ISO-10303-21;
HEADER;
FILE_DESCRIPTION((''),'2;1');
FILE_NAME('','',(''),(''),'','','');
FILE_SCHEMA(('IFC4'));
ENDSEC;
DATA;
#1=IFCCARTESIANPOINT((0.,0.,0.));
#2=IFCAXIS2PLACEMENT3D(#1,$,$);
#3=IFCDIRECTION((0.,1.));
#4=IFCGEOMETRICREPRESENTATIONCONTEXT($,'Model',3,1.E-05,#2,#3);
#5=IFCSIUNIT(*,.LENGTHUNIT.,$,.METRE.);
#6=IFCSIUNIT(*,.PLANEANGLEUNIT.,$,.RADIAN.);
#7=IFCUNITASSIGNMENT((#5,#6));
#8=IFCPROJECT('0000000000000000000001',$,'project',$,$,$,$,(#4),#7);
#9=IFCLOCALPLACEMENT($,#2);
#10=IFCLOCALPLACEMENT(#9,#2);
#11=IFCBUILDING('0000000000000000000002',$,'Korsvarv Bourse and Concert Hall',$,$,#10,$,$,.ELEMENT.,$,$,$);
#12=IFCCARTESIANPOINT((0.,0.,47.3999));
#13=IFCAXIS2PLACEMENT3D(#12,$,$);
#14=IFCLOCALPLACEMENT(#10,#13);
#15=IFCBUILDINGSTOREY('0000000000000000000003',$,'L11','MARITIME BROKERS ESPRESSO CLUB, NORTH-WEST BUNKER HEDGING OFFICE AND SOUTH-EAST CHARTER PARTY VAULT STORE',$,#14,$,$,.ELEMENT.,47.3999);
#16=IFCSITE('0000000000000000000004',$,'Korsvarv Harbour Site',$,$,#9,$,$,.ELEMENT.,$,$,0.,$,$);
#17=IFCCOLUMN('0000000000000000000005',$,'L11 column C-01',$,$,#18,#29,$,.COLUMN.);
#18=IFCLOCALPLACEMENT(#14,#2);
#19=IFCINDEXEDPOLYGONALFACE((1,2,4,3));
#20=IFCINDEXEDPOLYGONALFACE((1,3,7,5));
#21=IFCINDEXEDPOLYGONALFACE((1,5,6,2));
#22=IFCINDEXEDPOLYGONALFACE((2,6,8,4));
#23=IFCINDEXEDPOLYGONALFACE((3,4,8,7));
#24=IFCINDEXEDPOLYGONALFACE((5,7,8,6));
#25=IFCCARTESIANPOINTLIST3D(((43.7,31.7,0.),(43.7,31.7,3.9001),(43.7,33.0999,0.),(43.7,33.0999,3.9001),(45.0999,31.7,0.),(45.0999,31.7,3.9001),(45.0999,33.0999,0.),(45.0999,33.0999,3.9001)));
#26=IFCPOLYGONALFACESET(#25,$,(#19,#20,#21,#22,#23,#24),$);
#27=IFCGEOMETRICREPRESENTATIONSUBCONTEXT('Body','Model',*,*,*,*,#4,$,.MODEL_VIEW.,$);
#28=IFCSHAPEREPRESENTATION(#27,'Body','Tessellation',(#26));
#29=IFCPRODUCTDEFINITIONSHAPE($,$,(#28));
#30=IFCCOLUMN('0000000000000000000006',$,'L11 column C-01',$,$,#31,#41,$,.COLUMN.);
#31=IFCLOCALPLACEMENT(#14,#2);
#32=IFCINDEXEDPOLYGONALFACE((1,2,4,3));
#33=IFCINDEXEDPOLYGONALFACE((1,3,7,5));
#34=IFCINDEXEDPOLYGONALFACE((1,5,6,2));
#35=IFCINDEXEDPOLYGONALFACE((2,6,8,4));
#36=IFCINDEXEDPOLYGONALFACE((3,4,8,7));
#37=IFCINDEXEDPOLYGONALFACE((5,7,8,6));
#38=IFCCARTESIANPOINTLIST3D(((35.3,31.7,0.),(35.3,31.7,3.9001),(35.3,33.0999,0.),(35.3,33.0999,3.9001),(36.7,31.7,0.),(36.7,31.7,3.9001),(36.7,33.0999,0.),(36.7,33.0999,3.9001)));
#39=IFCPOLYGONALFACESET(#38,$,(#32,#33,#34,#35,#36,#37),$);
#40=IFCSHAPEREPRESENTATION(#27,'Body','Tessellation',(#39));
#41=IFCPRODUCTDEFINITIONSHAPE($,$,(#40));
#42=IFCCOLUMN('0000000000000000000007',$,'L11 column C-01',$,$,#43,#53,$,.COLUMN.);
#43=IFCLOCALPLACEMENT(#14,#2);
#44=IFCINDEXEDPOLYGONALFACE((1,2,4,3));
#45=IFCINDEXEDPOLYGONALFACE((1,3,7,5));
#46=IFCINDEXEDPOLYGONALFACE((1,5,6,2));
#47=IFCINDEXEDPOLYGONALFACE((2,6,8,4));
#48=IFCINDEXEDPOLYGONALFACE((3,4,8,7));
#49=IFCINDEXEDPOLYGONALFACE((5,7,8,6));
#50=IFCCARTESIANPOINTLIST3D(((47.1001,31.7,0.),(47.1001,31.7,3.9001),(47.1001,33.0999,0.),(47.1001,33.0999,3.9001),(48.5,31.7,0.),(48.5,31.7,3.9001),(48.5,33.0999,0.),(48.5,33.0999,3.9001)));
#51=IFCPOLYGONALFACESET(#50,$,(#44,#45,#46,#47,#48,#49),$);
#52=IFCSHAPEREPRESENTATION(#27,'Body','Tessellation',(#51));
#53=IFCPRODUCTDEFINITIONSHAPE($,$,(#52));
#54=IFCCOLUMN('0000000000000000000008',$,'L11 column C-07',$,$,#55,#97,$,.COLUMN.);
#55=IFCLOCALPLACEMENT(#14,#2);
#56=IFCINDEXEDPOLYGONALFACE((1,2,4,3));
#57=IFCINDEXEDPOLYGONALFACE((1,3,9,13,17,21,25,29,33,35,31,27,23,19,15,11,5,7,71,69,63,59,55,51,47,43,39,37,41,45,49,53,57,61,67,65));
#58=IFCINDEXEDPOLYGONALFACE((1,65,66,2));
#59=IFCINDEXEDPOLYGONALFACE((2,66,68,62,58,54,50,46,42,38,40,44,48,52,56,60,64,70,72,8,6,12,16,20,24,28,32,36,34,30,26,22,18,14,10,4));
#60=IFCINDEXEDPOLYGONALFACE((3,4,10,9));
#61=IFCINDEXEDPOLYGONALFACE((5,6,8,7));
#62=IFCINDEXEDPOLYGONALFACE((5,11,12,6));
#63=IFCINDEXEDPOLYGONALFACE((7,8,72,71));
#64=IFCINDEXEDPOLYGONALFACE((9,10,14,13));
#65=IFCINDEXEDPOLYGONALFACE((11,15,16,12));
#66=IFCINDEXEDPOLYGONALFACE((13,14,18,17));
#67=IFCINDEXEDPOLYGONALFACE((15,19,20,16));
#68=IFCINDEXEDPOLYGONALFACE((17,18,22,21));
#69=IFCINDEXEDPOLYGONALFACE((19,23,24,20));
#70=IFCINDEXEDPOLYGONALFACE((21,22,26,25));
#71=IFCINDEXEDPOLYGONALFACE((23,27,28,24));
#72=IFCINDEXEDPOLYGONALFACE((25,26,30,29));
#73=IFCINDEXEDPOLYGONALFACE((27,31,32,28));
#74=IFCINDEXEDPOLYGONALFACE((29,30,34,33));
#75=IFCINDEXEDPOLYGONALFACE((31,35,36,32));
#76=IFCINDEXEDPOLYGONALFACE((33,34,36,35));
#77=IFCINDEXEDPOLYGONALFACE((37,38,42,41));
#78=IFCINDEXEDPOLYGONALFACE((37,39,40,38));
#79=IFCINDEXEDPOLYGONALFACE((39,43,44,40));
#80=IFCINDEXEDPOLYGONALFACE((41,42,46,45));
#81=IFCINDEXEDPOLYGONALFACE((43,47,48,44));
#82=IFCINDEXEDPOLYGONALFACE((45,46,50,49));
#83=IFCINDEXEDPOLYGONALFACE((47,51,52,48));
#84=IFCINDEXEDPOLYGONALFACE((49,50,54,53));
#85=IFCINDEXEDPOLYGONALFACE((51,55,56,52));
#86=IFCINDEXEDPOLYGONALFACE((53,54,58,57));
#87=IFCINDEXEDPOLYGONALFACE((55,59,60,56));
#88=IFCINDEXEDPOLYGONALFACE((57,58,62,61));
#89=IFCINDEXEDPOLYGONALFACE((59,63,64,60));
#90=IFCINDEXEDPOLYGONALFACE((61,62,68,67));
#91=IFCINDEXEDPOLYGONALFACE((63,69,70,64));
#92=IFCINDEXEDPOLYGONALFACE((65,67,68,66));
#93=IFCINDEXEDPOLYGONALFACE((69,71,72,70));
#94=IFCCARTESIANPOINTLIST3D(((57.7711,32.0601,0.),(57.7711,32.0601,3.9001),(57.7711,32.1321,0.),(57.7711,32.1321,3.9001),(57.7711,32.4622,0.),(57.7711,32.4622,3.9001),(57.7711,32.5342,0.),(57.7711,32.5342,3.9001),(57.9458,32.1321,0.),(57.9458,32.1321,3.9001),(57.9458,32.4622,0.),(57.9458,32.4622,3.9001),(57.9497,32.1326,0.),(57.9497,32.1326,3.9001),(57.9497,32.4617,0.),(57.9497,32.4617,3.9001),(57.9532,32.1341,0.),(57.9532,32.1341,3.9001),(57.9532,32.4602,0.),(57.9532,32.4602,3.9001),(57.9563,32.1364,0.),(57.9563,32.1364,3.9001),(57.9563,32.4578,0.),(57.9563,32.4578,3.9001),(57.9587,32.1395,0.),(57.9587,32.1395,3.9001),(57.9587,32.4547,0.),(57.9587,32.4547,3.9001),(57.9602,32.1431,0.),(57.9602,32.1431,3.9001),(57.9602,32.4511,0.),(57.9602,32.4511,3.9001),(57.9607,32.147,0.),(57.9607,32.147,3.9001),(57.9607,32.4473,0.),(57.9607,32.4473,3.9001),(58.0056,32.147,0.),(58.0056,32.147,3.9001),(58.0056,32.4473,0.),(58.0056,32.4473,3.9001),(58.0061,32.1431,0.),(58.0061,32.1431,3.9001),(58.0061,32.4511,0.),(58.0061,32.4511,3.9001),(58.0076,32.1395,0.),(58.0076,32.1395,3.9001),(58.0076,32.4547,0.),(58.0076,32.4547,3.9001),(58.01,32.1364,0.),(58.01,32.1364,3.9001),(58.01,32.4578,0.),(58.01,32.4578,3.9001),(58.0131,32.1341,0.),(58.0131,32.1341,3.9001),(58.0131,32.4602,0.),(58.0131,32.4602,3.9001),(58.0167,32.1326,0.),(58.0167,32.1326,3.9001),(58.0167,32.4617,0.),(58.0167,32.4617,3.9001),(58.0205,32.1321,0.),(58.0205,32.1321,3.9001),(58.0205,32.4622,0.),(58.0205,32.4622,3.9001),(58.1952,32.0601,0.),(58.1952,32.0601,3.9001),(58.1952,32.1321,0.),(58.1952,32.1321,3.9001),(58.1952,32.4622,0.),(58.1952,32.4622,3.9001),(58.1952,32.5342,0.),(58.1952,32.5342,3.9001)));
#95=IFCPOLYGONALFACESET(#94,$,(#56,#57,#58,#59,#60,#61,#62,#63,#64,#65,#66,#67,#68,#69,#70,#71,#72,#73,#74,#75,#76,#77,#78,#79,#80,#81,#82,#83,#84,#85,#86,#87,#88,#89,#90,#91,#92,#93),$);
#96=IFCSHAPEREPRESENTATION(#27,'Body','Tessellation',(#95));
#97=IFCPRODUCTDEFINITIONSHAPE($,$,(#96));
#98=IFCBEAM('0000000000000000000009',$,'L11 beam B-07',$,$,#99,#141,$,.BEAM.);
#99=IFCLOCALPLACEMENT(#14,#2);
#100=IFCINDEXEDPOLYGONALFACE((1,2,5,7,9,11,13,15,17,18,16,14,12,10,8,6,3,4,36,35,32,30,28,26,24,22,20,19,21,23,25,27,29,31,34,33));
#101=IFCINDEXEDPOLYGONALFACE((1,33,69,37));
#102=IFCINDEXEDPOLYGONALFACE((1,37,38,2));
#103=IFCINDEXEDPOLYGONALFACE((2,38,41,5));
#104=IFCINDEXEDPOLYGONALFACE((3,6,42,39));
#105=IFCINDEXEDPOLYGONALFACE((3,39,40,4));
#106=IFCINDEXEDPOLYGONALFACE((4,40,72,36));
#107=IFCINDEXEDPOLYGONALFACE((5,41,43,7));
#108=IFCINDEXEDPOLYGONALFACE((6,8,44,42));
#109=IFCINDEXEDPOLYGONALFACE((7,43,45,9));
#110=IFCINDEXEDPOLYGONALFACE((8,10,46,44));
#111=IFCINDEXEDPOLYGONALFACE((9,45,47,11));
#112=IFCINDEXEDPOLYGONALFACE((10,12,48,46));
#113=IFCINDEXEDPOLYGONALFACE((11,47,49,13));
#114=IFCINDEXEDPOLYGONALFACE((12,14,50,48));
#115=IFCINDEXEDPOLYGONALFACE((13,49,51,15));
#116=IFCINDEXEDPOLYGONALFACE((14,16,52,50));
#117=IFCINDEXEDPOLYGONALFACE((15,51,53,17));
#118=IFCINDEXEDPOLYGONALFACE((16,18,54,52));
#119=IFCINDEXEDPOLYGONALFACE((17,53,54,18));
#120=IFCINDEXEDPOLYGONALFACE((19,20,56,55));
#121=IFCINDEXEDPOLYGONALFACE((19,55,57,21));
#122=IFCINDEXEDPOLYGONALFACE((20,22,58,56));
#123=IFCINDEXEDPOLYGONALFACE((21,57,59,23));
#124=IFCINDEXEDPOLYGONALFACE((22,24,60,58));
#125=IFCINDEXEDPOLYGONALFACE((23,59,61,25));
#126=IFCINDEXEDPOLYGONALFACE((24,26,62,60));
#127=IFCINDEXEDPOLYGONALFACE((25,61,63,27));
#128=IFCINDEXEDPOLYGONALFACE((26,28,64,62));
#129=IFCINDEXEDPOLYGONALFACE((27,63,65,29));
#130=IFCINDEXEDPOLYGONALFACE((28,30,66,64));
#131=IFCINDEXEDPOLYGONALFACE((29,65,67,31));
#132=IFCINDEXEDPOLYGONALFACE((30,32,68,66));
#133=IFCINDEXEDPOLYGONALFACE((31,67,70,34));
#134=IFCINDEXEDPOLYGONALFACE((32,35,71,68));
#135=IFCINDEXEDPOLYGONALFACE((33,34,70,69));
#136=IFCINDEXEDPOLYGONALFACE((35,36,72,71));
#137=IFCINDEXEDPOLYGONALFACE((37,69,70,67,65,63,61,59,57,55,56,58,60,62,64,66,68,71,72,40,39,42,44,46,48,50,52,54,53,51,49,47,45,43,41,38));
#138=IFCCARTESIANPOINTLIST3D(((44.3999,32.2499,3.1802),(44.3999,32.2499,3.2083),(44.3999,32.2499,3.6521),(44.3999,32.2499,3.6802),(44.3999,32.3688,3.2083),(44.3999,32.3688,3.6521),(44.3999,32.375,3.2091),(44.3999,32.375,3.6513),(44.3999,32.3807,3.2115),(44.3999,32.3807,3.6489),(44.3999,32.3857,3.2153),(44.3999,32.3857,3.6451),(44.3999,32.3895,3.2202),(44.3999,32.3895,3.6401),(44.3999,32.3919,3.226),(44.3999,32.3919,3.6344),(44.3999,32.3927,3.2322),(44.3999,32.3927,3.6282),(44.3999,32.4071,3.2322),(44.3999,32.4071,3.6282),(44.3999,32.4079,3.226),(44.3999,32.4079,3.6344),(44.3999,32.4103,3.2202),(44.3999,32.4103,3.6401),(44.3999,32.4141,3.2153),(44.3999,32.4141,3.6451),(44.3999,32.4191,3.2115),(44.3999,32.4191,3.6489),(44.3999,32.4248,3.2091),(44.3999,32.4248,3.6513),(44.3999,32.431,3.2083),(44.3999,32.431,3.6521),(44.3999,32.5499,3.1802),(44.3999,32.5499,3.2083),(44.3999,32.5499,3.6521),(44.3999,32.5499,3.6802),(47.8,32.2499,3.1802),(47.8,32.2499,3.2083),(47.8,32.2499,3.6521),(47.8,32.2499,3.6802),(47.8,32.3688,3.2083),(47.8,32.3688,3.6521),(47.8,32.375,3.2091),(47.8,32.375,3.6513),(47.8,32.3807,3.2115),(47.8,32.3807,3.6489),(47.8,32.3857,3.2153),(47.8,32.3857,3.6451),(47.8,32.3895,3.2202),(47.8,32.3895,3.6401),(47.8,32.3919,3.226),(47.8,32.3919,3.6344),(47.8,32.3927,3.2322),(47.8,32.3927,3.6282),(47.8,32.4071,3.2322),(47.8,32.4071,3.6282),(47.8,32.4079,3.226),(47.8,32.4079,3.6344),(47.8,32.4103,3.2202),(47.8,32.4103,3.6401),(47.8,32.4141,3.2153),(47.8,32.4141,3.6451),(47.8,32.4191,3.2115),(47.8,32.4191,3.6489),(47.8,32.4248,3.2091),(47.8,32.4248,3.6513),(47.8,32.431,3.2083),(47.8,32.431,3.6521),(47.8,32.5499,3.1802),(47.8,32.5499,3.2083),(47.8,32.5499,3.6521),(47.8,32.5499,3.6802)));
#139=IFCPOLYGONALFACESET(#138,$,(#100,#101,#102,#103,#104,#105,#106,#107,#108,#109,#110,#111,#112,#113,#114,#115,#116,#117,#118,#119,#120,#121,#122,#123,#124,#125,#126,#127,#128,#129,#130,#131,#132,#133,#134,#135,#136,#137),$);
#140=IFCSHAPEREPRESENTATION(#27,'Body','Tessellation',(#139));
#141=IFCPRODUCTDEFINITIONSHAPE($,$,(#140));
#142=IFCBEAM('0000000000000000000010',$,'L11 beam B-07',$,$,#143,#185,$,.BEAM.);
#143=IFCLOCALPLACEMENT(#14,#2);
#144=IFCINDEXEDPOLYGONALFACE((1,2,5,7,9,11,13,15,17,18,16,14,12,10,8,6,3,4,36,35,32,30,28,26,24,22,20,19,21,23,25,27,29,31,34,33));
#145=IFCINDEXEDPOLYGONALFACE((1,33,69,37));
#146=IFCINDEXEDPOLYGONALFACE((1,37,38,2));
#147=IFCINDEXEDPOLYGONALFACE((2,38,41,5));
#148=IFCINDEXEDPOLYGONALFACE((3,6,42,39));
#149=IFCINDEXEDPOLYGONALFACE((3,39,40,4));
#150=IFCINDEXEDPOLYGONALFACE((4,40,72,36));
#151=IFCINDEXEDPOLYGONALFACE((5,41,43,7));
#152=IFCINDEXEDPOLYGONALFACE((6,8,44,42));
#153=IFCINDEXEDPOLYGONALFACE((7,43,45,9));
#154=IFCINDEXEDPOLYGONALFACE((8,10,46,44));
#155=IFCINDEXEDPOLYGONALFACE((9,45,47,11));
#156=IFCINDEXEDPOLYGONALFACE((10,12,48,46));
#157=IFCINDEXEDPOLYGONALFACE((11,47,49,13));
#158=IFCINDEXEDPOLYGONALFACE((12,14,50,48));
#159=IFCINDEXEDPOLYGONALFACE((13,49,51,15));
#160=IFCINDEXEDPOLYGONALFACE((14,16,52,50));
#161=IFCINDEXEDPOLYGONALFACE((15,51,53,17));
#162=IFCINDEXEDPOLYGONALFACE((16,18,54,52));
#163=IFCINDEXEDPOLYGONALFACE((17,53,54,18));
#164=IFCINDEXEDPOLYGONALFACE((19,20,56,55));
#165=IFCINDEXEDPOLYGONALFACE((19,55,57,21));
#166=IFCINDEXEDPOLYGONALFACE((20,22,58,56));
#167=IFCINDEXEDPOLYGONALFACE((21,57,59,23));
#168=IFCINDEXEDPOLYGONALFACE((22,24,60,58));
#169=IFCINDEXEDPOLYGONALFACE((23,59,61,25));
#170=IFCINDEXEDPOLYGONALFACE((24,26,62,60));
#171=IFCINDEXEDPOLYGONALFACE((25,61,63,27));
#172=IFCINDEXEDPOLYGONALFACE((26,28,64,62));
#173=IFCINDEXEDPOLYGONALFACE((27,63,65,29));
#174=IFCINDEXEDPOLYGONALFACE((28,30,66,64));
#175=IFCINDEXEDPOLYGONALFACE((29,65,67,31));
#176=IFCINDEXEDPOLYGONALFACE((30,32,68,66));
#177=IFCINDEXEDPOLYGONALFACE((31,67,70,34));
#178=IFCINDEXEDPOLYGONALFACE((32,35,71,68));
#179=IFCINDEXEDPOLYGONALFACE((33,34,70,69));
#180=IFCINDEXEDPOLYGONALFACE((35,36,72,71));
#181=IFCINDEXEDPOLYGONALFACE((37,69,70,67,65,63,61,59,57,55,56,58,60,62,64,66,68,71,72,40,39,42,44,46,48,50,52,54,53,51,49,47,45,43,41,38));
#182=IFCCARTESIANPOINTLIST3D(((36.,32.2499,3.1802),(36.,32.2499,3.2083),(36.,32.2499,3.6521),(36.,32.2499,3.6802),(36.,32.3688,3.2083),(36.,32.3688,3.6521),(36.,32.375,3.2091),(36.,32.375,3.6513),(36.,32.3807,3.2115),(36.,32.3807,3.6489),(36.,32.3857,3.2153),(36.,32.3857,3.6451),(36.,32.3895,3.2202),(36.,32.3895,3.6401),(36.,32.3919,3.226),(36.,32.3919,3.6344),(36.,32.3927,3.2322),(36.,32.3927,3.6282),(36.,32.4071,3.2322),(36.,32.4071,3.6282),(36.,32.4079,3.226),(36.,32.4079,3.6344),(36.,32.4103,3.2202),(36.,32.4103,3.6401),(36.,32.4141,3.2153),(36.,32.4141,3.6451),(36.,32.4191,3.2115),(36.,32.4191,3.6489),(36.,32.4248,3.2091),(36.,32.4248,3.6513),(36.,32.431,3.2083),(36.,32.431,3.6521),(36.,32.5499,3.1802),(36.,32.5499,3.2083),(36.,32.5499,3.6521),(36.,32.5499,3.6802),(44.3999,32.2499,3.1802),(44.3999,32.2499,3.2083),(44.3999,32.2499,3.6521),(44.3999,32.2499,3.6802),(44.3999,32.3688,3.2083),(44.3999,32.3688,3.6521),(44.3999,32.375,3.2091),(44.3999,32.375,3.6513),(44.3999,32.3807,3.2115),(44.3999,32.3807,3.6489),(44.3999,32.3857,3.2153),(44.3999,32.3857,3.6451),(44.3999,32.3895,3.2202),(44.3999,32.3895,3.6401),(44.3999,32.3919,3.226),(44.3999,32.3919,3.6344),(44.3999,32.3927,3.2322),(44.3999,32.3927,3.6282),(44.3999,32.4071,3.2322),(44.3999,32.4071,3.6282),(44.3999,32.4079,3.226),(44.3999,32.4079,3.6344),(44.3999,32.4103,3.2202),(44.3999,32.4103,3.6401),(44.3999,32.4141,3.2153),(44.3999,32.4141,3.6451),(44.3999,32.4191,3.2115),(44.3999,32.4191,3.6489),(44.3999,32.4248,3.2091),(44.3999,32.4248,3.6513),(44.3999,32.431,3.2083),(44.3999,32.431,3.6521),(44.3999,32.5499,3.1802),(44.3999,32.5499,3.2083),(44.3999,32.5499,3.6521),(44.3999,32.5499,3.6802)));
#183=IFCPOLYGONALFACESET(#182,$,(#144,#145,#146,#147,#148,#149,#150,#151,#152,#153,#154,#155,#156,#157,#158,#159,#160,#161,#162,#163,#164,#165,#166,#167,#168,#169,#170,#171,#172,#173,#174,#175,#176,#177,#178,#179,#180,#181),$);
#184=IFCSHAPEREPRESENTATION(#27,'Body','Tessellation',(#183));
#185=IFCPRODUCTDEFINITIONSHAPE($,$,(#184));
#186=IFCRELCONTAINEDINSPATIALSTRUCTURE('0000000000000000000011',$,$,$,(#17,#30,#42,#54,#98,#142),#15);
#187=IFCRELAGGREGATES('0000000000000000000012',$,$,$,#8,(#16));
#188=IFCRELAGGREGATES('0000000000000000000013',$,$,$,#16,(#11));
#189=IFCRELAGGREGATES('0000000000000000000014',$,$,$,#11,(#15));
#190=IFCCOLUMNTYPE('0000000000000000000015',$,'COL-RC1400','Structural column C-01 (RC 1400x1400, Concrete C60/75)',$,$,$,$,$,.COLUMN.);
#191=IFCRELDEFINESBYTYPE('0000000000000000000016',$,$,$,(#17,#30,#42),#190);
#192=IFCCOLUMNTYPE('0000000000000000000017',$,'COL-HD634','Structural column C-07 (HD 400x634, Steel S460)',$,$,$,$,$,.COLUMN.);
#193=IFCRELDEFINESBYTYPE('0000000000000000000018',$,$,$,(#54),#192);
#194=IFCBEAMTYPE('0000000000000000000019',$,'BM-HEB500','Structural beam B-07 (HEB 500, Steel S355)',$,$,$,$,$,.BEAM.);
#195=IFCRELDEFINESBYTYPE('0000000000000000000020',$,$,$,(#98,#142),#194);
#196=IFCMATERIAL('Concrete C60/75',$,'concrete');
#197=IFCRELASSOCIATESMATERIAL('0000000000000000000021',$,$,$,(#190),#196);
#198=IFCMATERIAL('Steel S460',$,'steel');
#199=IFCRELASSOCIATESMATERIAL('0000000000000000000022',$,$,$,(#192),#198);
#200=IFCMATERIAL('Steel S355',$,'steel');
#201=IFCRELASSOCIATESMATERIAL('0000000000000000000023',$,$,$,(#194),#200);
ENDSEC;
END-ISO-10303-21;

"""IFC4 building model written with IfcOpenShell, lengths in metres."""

from ifc_helpers import new_model, si_unit, direction, frame, origin, origin_2d, place, context, subcontext, project, spatial, rectangle, i_section, extrude, source, transform, mapped, material, material_profile, profile_set, type_object, element, save


model = new_model("IFC4")

# Units and contexts
model_context = context("Model", 3, precision=1e-05, world=origin(), true_north=direction((0.0, 1.0)))
body_context = subcontext(model_context, "Body", "Model", "MODEL_VIEW")
ifc_project = project(units=[si_unit("LENGTHUNIT", "METRE"), si_unit("PLANEANGLEUNIT", "RADIAN")], contexts=[model_context])

# Site, building, storey
site_placement = place(None, origin())
site = spatial("IfcSite", under=ifc_project, at=site_placement, Name="Korsvarv Harbour Site", CompositionType="ELEMENT", RefElevation=0.0)
building_placement = place(site_placement, origin())
building = spatial("IfcBuilding", under=site, at=building_placement, Name="Korsvarv Bourse and Concert Hall", CompositionType="ELEMENT")
storey_placement = place(building_placement, frame((0.0, 0.0, 47.3999)))
storey = spatial("IfcBuildingStorey", under=building, at=storey_placement, Name="L11", Description="MARITIME BROKERS ESPRESSO CLUB, NORTH-WEST BUNKER HEDGING OFFICE AND SOUTH-EAST CHARTER PARTY VAULT STORE", CompositionType="ELEMENT", Elevation=47.3999)

# Columns
ifc_material_1 = material(Name="Concrete C60/75", Category="concrete")
ifc_material_profile_1 = material_profile(ifc_material_1, rectangle(XDim=1.3999, YDim=1.3999, at=origin_2d()), Name="RC 1400x1400")
ifc_profile_set_1 = profile_set([ifc_material_profile_1], Name="Concrete C60/75")
column_type_1 = type_object("IfcColumnType", Name="COL-RC1400", Description="Structural column C-01 (RC 1400x1400, Concrete C60/75)", PredefinedType="COLUMN", material=ifc_profile_set_1)
shared_shape_1 = source(origin(), body_context, "Body", "SweptSolid", [
    extrude(rectangle(XDim=1.3999, YDim=1.3999, at=origin_2d()), origin(), (0.0, 0.0, 1.0), 3.9001),
])
for number, where, z_axis, x_axis, name in (
    (1, (44.3999, 32.3999, 0.0), (0.0, 0.0, 1.0), (1.0, 0.0, 0.0), "L11 column C-01"),
    (2, (36.0, 32.3999, 0.0), (0.0, 0.0, 1.0), (1.0, 0.0, 0.0), "L11 column C-01"),
    (3, (47.8, 32.3999, 0.0), (0.0, 0.0, 1.0), (1.0, 0.0, 0.0), "L11 column C-01"),
):
    element("IfcColumn", number, at=place(storey_placement, frame(where, z_axis=z_axis, x_axis=x_axis)), inside=storey, type_object=column_type_1, Name=name, PredefinedType="COLUMN", context=body_context, shape_type="MappedRepresentation", body=[
        mapped(shared_shape_1, transform((0.0, 0.0, 0.0), scale=1.0)),
    ])
ifc_material_2 = material(Name="Steel S460", Category="steel")
ifc_material_profile_2 = material_profile(ifc_material_2, i_section(OverallWidth=0.4241, OverallDepth=0.4741, WebThickness=0.0449, FlangeThickness=0.072, FilletRadius=0.0149, at=origin_2d()), Name="HD 400x634")
ifc_profile_set_2 = profile_set([ifc_material_profile_2], Name="Steel S460")
column_type_2 = type_object("IfcColumnType", Name="COL-HD634", Description="Structural column C-07 (HD 400x634, Steel S460)", PredefinedType="COLUMN", material=ifc_profile_set_2)
shared_shape_2 = source(origin(), body_context, "Body", "SweptSolid", [
    extrude(i_section(OverallWidth=0.4241, OverallDepth=0.4741, WebThickness=0.0449, FlangeThickness=0.072, FilletRadius=0.0149, at=origin_2d()), origin(), (0.0, 0.0, 1.0), 3.9001),
])
column_placement = place(storey_placement, frame((57.9832, 32.2971, 0.0), z_axis=(0.0, 0.0, 1.0), x_axis=(1.0, 0.0, 0.0)))
element("IfcColumn", 4, at=column_placement, inside=storey, type_object=column_type_2, Name="L11 column C-07", PredefinedType="COLUMN", context=body_context, shape_type="MappedRepresentation", body=[
    mapped(shared_shape_2, transform((0.0, 0.0, 0.0), scale=1.0)),
])

# Beams
ifc_material_3 = material(Name="Steel S355", Category="steel")
ifc_material_profile_3 = material_profile(ifc_material_3, i_section(OverallWidth=0.3, OverallDepth=0.5, WebThickness=0.0144, FlangeThickness=0.0281, FilletRadius=0.0239, at=origin_2d()), Name="HEB 500")
ifc_profile_set_3 = profile_set([ifc_material_profile_3], Name="Steel S355")
beam_type_1 = type_object("IfcBeamType", Name="BM-HEB500", Description="Structural beam B-07 (HEB 500, Steel S355)", PredefinedType="BEAM", material=ifc_profile_set_3)
shared_shape_3 = source(origin(), body_context, "Body", "SweptSolid", [
    extrude(i_section(OverallWidth=0.3, OverallDepth=0.5, WebThickness=0.0144, FlangeThickness=0.0281, FilletRadius=0.0239, at=origin_2d()), origin(), (0.0, 0.0, 1.0), 3.4001),
])
beam_1_placement = place(storey_placement, frame((44.3999, 32.3999, 3.4302), z_axis=(1.0, 0.0, 0.0), x_axis=(0.0, 1.0, 0.0)))
element("IfcBeam", 5, at=beam_1_placement, inside=storey, type_object=beam_type_1, Name="L11 beam B-07", PredefinedType="BEAM", context=body_context, shape_type="MappedRepresentation", body=[
    mapped(shared_shape_3, transform((0.0, 0.0, 0.0), scale=1.0)),
])
shared_shape_4 = source(origin(), body_context, "Body", "SweptSolid", [
    extrude(i_section(OverallWidth=0.3, OverallDepth=0.5, WebThickness=0.0144, FlangeThickness=0.0281, FilletRadius=0.0239, at=origin_2d()), origin(), (0.0, 0.0, 1.0), 8.3999),
])
beam_2_placement = place(storey_placement, frame((36.0, 32.3999, 3.4302), z_axis=(1.0, 0.0, 0.0), x_axis=(0.0, 1.0, 0.0)))
element("IfcBeam", 6, at=beam_2_placement, inside=storey, type_object=beam_type_1, Name="L11 beam B-07", PredefinedType="BEAM", context=body_context, shape_type="MappedRepresentation", body=[
    mapped(shared_shape_4, transform((0.0, 0.0, 0.0), scale=1.0)),
])

save(model, "model.ifc")
